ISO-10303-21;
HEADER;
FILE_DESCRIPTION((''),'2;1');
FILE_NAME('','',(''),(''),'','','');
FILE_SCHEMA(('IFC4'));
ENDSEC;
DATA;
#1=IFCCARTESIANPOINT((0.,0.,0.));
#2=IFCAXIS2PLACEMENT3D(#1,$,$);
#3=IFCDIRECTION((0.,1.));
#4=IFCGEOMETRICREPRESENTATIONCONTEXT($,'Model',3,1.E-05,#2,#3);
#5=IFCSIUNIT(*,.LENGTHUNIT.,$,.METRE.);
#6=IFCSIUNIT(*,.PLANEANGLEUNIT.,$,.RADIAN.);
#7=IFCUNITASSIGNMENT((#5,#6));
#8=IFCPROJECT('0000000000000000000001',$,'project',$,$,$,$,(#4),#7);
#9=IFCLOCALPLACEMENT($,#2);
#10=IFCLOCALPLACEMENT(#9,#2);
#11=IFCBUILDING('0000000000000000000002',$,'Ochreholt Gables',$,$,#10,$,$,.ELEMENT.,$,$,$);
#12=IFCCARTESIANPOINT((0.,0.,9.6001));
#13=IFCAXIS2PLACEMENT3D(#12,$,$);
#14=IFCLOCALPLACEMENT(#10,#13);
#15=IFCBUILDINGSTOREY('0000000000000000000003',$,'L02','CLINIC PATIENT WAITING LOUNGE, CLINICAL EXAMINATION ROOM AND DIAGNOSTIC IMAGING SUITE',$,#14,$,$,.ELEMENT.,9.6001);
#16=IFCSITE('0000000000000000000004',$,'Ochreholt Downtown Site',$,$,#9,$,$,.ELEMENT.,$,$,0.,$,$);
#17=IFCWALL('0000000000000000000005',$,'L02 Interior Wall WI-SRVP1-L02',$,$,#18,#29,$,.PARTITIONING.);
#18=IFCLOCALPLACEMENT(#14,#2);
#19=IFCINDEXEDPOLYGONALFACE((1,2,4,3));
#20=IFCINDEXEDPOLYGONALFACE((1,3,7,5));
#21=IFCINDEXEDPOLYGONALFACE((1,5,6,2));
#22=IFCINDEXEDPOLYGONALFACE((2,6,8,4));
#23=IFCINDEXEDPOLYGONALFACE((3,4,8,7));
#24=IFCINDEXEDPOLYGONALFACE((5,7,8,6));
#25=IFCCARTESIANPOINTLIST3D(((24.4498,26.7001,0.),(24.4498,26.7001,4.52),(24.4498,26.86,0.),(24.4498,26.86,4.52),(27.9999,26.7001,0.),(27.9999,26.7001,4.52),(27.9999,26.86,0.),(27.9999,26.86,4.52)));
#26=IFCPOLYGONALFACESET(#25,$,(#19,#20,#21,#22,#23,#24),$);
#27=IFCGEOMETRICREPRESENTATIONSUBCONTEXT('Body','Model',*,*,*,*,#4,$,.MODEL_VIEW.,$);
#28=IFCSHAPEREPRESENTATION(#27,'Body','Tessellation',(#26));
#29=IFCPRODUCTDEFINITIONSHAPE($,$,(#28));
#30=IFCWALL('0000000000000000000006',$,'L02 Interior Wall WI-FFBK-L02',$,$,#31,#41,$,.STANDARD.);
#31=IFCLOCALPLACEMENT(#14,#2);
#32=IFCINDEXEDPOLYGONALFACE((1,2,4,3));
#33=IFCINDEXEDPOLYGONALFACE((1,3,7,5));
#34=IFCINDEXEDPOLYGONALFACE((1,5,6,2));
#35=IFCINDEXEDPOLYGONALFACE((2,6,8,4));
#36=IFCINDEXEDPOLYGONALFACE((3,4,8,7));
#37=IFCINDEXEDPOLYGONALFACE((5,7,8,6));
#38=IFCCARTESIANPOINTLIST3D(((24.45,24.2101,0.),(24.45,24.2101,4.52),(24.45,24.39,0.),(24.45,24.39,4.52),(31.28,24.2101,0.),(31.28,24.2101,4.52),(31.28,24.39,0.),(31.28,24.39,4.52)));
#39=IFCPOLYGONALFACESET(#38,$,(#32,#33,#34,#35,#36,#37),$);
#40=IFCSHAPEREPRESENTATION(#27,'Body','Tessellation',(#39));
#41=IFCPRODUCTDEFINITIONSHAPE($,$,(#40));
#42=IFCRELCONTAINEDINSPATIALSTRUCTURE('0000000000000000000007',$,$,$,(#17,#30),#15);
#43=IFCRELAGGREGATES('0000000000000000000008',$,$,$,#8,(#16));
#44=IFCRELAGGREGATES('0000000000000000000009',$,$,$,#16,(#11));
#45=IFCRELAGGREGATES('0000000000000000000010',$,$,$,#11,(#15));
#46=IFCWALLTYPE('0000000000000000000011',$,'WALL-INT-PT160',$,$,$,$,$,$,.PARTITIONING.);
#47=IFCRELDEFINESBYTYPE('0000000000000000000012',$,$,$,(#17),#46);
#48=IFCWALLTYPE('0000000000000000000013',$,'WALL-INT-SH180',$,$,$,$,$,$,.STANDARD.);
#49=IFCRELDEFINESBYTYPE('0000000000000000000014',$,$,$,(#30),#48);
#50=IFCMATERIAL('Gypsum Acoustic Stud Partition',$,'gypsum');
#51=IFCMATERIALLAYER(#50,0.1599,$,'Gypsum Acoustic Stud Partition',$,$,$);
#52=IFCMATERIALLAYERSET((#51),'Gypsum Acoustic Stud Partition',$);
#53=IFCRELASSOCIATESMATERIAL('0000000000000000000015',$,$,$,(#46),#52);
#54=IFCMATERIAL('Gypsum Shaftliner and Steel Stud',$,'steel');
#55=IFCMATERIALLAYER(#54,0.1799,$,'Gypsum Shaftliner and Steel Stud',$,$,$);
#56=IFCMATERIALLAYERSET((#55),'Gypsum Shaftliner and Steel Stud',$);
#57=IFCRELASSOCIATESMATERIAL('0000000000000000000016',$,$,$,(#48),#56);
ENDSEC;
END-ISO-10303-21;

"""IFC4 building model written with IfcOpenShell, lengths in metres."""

from ifc_helpers import new_model, si_unit, direction, frame, frame_2d, origin, place, context, subcontext, project, spatial, rectangle, extrude, material, layer, layer_set, type_object, element, save


model = new_model("IFC4")

# Units and contexts
model_context = context("Model", 3, precision=1e-05, world=origin(), true_north=direction((0.0, 1.0)))
body_context = subcontext(model_context, "Body", "Model", "MODEL_VIEW")
ifc_project = project(units=[si_unit("LENGTHUNIT", "METRE"), si_unit("PLANEANGLEUNIT", "RADIAN")], contexts=[model_context])

# Site, building, storey
site_placement = place(None, origin())
site = spatial("IfcSite", under=ifc_project, at=site_placement, Name="Ochreholt Downtown Site", CompositionType="ELEMENT", RefElevation=0.0)
building_placement = place(site_placement, origin())
building = spatial("IfcBuilding", under=site, at=building_placement, Name="Ochreholt Gables", CompositionType="ELEMENT")
storey_placement = place(building_placement, frame((0.0, 0.0, 9.6001)))
storey = spatial("IfcBuildingStorey", under=building, at=storey_placement, Name="L02", Description="CLINIC PATIENT WAITING LOUNGE, CLINICAL EXAMINATION ROOM AND DIAGNOSTIC IMAGING SUITE", CompositionType="ELEMENT", Elevation=9.6001)

# Walls
ifc_material_1 = material(Name="Gypsum Acoustic Stud Partition", Category="gypsum")
ifc_layer_1 = layer(ifc_material_1, 0.1599, Name="Gypsum Acoustic Stud Partition")
ifc_layer_set_1 = layer_set([ifc_layer_1], Name="Gypsum Acoustic Stud Partition")
wall_type_1 = type_object("IfcWallType", Name="WALL-INT-PT160", PredefinedType="PARTITIONING", material=ifc_layer_set_1)
wall_1_placement = place(storey_placement, frame((24.45, 26.78, 0.0), z_axis=(0.0, 0.0, 1.0), x_axis=(1.0, 0.0, 0.0)))
element("IfcWall", 1, at=wall_1_placement, inside=storey, type_object=wall_type_1, Name="L02 Interior Wall WI-SRVP1-L02", PredefinedType="PARTITIONING", context=body_context, shape_type="SweptSolid", body=[
    extrude(rectangle(XDim=3.55, YDim=0.1599, at=frame_2d((1.7749, 0.0))), origin(), (0.0, 0.0, 1.0), 4.52),
])
ifc_material_2 = material(Name="Gypsum Shaftliner and Steel Stud", Category="steel")
ifc_layer_2 = layer(ifc_material_2, 0.1799, Name="Gypsum Shaftliner and Steel Stud")
ifc_layer_set_2 = layer_set([ifc_layer_2], Name="Gypsum Shaftliner and Steel Stud")
wall_type_2 = type_object("IfcWallType", Name="WALL-INT-SH180", PredefinedType="STANDARD", material=ifc_layer_set_2)
wall_2_placement = place(storey_placement, frame((24.45, 24.3, 0.0), z_axis=(0.0, 0.0, 1.0), x_axis=(1.0, 0.0, 0.0)))
element("IfcWall", 2, at=wall_2_placement, inside=storey, type_object=wall_type_2, Name="L02 Interior Wall WI-FFBK-L02", PredefinedType="STANDARD", context=body_context, shape_type="SweptSolid", body=[
    extrude(rectangle(XDim=6.8301, YDim=0.1799, at=frame_2d((3.415, 0.0))), origin(), (0.0, 0.0, 1.0), 4.52),
])

save(model, "model.ifc")
